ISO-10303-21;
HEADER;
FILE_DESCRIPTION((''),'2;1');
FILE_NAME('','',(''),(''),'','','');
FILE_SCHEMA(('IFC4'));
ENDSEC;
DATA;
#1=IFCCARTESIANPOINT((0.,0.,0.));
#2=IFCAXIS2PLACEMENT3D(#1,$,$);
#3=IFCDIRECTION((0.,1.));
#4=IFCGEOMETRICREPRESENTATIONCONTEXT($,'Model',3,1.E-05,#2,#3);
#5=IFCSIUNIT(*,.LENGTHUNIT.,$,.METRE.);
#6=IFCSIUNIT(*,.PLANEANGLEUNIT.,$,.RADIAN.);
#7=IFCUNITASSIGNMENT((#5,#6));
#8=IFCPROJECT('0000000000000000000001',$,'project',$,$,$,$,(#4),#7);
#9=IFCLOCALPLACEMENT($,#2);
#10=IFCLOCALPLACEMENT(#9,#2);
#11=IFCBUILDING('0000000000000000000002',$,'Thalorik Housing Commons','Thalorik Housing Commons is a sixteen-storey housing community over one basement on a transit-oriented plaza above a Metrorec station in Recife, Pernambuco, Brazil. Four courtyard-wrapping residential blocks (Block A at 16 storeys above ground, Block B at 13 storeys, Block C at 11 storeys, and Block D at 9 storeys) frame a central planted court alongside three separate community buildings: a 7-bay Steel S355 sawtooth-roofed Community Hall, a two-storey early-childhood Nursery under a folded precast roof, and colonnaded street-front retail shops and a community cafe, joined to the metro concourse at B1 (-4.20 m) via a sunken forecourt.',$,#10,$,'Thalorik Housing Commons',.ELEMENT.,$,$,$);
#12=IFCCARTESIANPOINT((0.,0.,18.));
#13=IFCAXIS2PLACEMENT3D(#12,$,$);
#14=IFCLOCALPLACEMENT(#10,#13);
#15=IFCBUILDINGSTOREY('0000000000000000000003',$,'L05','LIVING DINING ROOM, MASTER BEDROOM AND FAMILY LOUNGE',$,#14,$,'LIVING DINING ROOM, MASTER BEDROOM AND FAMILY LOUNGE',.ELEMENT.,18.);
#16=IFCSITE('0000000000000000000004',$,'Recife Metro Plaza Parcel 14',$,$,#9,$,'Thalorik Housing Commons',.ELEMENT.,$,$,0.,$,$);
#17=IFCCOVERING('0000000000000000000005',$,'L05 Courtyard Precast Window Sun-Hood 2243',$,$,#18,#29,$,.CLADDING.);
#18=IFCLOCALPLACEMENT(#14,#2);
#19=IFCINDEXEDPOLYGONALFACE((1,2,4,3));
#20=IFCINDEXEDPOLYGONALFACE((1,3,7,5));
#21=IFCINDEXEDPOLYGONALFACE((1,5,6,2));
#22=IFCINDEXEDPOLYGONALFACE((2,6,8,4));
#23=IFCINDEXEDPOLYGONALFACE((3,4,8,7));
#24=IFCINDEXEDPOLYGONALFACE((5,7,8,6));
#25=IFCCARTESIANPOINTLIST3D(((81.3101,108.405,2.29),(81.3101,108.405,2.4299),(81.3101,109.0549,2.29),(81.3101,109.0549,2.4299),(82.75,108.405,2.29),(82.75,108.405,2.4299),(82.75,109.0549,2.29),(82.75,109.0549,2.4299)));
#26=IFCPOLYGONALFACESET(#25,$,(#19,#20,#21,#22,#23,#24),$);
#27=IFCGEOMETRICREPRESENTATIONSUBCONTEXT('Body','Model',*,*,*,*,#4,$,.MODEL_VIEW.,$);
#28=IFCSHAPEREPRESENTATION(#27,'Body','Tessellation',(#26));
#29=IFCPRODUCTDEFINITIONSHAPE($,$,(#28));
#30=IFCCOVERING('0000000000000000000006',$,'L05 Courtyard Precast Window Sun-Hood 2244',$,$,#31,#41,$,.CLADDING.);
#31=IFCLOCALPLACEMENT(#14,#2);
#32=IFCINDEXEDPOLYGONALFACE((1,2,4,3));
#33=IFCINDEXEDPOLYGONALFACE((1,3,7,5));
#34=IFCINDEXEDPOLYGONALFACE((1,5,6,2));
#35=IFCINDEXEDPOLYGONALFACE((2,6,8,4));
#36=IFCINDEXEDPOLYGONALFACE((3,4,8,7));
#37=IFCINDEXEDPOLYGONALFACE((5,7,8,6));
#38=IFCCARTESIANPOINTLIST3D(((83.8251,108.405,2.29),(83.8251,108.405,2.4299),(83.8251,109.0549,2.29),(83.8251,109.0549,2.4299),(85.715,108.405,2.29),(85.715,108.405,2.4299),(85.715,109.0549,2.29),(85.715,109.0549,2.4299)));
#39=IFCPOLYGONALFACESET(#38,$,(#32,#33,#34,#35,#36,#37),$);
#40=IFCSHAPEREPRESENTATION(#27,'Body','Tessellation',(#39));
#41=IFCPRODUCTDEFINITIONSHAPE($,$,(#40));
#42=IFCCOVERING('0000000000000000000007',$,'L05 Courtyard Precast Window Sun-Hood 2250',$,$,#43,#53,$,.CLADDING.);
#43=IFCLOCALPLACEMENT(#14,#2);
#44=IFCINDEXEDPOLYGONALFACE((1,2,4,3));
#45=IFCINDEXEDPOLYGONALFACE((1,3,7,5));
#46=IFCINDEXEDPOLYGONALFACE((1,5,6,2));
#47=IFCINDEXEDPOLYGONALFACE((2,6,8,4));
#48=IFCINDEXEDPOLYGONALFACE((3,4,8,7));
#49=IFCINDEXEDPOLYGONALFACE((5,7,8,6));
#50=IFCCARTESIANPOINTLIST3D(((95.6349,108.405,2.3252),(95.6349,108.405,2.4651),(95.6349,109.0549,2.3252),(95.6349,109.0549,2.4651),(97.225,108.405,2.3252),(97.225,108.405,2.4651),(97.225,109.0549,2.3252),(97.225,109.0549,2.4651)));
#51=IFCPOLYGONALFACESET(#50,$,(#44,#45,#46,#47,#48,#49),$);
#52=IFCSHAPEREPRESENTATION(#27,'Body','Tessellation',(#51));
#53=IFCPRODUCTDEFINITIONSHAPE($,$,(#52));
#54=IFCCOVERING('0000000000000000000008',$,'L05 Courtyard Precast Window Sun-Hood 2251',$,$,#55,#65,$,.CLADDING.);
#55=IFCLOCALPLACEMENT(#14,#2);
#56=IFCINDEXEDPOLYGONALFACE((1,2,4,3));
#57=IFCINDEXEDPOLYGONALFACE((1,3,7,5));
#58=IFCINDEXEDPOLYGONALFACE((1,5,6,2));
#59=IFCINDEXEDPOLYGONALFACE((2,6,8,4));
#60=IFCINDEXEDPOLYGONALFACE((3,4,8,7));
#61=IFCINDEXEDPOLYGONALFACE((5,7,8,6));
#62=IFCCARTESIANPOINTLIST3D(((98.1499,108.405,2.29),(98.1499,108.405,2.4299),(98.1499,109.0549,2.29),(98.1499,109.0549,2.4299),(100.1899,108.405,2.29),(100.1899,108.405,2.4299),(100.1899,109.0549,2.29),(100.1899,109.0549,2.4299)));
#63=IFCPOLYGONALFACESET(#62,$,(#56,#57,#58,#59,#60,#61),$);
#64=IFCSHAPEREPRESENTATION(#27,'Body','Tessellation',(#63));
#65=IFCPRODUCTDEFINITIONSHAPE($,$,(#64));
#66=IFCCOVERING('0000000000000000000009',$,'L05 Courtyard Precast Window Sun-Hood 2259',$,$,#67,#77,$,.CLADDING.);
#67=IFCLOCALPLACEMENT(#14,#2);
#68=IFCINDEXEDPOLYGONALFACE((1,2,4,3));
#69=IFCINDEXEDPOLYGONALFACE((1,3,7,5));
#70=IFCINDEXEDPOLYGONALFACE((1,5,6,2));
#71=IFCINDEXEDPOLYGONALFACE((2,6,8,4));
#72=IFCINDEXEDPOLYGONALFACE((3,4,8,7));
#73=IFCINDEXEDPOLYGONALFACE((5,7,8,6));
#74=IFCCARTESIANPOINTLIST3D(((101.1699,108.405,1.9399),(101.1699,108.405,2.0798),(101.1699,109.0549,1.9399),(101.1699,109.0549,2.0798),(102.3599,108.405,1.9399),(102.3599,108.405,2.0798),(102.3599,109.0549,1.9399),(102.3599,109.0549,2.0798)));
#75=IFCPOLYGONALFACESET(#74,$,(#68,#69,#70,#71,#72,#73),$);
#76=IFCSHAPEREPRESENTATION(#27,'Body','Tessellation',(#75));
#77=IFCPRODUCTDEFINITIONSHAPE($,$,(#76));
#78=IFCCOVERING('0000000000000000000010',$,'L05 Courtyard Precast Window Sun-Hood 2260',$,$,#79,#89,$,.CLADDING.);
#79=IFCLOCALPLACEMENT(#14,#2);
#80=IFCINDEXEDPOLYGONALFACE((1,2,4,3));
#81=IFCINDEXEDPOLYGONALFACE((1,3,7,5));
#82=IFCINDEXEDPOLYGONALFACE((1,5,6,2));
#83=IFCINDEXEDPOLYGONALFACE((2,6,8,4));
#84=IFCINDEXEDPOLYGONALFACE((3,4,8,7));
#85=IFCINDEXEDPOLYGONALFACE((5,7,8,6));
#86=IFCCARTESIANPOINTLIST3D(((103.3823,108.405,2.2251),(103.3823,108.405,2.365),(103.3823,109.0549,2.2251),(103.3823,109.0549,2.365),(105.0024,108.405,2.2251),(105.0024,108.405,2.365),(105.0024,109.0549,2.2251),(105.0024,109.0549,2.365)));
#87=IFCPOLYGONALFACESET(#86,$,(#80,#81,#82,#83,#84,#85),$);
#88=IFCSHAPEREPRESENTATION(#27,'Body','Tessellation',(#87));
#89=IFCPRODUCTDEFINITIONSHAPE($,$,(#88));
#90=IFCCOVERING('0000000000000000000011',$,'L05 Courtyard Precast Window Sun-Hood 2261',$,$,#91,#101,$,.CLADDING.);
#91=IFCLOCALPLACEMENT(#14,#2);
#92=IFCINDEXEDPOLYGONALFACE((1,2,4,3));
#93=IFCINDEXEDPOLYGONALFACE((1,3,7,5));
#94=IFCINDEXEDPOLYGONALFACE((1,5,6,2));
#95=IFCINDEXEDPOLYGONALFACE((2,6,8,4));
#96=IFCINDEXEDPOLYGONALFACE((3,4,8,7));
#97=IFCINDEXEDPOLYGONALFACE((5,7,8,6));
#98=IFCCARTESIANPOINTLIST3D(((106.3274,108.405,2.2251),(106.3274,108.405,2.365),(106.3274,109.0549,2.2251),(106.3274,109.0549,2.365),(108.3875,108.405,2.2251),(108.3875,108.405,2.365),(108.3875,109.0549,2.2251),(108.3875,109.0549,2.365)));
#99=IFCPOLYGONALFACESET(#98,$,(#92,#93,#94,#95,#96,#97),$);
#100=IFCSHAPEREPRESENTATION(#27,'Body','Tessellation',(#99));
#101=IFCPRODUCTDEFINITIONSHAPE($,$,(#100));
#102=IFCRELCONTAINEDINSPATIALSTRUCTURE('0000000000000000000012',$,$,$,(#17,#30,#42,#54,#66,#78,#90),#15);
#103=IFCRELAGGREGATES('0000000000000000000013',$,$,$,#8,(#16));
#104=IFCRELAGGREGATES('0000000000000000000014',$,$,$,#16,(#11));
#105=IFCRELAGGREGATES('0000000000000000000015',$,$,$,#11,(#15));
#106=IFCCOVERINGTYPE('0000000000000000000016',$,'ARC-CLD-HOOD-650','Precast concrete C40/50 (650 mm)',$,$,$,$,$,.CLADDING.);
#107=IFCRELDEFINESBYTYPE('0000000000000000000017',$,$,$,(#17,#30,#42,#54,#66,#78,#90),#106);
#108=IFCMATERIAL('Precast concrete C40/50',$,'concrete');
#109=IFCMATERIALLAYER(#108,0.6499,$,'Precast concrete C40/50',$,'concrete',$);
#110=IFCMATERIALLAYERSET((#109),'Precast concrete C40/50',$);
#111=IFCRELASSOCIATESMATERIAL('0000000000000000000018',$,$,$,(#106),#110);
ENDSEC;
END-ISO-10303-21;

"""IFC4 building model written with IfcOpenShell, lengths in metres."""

from ifc_helpers import new_model, si_unit, direction, frame, origin, origin_2d, place, context, subcontext, project, spatial, rectangle, extrude, material, layer, layer_set, type_object, element, save


model = new_model("IFC4")

# Units and contexts
model_context = context("Model", 3, precision=1e-05, world=origin(), true_north=direction((0.0, 1.0)))
body_context = subcontext(model_context, "Body", "Model", "MODEL_VIEW")
ifc_project = project(units=[si_unit("LENGTHUNIT", "METRE"), si_unit("PLANEANGLEUNIT", "RADIAN")], contexts=[model_context])

# Site, building, storey
site_placement = place(None, origin())
site = spatial("IfcSite", under=ifc_project, at=site_placement, Name="Recife Metro Plaza Parcel 14", LongName="Thalorik Housing Commons", CompositionType="ELEMENT", RefElevation=0.0)
building_placement = place(site_placement, origin())
building = spatial("IfcBuilding", under=site, at=building_placement, Name="Thalorik Housing Commons", Description="Thalorik Housing Commons is a sixteen-storey housing community over one basement on a transit-oriented plaza above a Metrorec station in Recife, Pernambuco, Brazil. Four courtyard-wrapping residential blocks (Block A at 16 storeys above ground, Block B at 13 storeys, Block C at 11 storeys, and Block D at 9 storeys) frame a central planted court alongside three separate community buildings: a 7-bay Steel S355 sawtooth-roofed Community Hall, a two-storey early-childhood Nursery under a folded precast roof, and colonnaded street-front retail shops and a community cafe, joined to the metro concourse at B1 (-4.20 m) via a sunken forecourt.", LongName="Thalorik Housing Commons", CompositionType="ELEMENT")
storey_placement = place(building_placement, frame((0.0, 0.0, 18.0)))
storey = spatial("IfcBuildingStorey", under=building, at=storey_placement, Name="L05", Description="LIVING DINING ROOM, MASTER BEDROOM AND FAMILY LOUNGE", LongName="LIVING DINING ROOM, MASTER BEDROOM AND FAMILY LOUNGE", CompositionType="ELEMENT", Elevation=18.0)

# Coverings
ifc_material = material(Name="Precast concrete C40/50", Category="concrete")
ifc_layer_1 = layer(ifc_material, 0.6499, Name="Precast concrete C40/50", Category="concrete")
ifc_layer_set_1 = layer_set([ifc_layer_1], Name="Precast concrete C40/50")
covering_type_1 = type_object("IfcCoveringType", Name="ARC-CLD-HOOD-650", Description="Precast concrete C40/50 (650 mm)", PredefinedType="CLADDING", material=ifc_layer_set_1)
covering_1_placement = place(storey_placement, frame((82.03, 108.73, 2.29), z_axis=(0.0, 0.0, 1.0), x_axis=(1.0, 0.0, 0.0)))
element("IfcCovering", 1, at=covering_1_placement, inside=storey, type_object=covering_type_1, Name="L05 Courtyard Precast Window Sun-Hood 2243", PredefinedType="CLADDING", context=body_context, shape_type="SweptSolid", body=[
    extrude(rectangle(XDim=1.4399, YDim=0.6499, at=origin_2d()), origin(), (0.0, 0.0, 1.0), 0.1399),
])
covering_2_placement = place(storey_placement, frame((84.77, 108.73, 2.29), z_axis=(0.0, 0.0, 1.0), x_axis=(1.0, 0.0, 0.0)))
element("IfcCovering", 2, at=covering_2_placement, inside=storey, type_object=covering_type_1, Name="L05 Courtyard Precast Window Sun-Hood 2244", PredefinedType="CLADDING", context=body_context, shape_type="SweptSolid", body=[
    extrude(rectangle(XDim=1.8899, YDim=0.6499, at=origin_2d()), origin(), (0.0, 0.0, 1.0), 0.1399),
])
covering_3_placement = place(storey_placement, frame((96.4299, 108.73, 2.3252), z_axis=(0.0, 0.0, 1.0), x_axis=(1.0, 0.0, 0.0)))
element("IfcCovering", 3, at=covering_3_placement, inside=storey, type_object=covering_type_1, Name="L05 Courtyard Precast Window Sun-Hood 2250", PredefinedType="CLADDING", context=body_context, shape_type="SweptSolid", body=[
    extrude(rectangle(XDim=1.5901, YDim=0.6499, at=origin_2d()), origin(), (0.0, 0.0, 1.0), 0.1399),
])
covering_4_placement = place(storey_placement, frame((99.1699, 108.73, 2.29), z_axis=(0.0, 0.0, 1.0), x_axis=(1.0, 0.0, 0.0)))
element("IfcCovering", 4, at=covering_4_placement, inside=storey, type_object=covering_type_1, Name="L05 Courtyard Precast Window Sun-Hood 2251", PredefinedType="CLADDING", context=body_context, shape_type="SweptSolid", body=[
    extrude(rectangle(XDim=2.04, YDim=0.6499, at=origin_2d()), origin(), (0.0, 0.0, 1.0), 0.1399),
])
covering_5_placement = place(storey_placement, frame((101.7649, 108.73, 1.9399), z_axis=(0.0, 0.0, 1.0), x_axis=(1.0, 0.0, 0.0)))
element("IfcCovering", 5, at=covering_5_placement, inside=storey, type_object=covering_type_1, Name="L05 Courtyard Precast Window Sun-Hood 2259", PredefinedType="CLADDING", context=body_context, shape_type="SweptSolid", body=[
    extrude(rectangle(XDim=1.1899, YDim=0.6499, at=origin_2d()), origin(), (0.0, 0.0, 1.0), 0.1399),
])
covering_6_placement = place(storey_placement, frame((104.1924, 108.73, 2.2251), z_axis=(0.0, 0.0, 1.0), x_axis=(1.0, 0.0, 0.0)))
element("IfcCovering", 6, at=covering_6_placement, inside=storey, type_object=covering_type_1, Name="L05 Courtyard Precast Window Sun-Hood 2260", PredefinedType="CLADDING", context=body_context, shape_type="SweptSolid", body=[
    extrude(rectangle(XDim=1.6201, YDim=0.6499, at=origin_2d()), origin(), (0.0, 0.0, 1.0), 0.1399),
])
covering_7_placement = place(storey_placement, frame((107.3574, 108.73, 2.2251), z_axis=(0.0, 0.0, 1.0), x_axis=(1.0, 0.0, 0.0)))
element("IfcCovering", 7, at=covering_7_placement, inside=storey, type_object=covering_type_1, Name="L05 Courtyard Precast Window Sun-Hood 2261", PredefinedType="CLADDING", context=body_context, shape_type="SweptSolid", body=[
    extrude(rectangle(XDim=2.0601, YDim=0.6499, at=origin_2d()), origin(), (0.0, 0.0, 1.0), 0.1399),
])

save(model, "model.ifc")
